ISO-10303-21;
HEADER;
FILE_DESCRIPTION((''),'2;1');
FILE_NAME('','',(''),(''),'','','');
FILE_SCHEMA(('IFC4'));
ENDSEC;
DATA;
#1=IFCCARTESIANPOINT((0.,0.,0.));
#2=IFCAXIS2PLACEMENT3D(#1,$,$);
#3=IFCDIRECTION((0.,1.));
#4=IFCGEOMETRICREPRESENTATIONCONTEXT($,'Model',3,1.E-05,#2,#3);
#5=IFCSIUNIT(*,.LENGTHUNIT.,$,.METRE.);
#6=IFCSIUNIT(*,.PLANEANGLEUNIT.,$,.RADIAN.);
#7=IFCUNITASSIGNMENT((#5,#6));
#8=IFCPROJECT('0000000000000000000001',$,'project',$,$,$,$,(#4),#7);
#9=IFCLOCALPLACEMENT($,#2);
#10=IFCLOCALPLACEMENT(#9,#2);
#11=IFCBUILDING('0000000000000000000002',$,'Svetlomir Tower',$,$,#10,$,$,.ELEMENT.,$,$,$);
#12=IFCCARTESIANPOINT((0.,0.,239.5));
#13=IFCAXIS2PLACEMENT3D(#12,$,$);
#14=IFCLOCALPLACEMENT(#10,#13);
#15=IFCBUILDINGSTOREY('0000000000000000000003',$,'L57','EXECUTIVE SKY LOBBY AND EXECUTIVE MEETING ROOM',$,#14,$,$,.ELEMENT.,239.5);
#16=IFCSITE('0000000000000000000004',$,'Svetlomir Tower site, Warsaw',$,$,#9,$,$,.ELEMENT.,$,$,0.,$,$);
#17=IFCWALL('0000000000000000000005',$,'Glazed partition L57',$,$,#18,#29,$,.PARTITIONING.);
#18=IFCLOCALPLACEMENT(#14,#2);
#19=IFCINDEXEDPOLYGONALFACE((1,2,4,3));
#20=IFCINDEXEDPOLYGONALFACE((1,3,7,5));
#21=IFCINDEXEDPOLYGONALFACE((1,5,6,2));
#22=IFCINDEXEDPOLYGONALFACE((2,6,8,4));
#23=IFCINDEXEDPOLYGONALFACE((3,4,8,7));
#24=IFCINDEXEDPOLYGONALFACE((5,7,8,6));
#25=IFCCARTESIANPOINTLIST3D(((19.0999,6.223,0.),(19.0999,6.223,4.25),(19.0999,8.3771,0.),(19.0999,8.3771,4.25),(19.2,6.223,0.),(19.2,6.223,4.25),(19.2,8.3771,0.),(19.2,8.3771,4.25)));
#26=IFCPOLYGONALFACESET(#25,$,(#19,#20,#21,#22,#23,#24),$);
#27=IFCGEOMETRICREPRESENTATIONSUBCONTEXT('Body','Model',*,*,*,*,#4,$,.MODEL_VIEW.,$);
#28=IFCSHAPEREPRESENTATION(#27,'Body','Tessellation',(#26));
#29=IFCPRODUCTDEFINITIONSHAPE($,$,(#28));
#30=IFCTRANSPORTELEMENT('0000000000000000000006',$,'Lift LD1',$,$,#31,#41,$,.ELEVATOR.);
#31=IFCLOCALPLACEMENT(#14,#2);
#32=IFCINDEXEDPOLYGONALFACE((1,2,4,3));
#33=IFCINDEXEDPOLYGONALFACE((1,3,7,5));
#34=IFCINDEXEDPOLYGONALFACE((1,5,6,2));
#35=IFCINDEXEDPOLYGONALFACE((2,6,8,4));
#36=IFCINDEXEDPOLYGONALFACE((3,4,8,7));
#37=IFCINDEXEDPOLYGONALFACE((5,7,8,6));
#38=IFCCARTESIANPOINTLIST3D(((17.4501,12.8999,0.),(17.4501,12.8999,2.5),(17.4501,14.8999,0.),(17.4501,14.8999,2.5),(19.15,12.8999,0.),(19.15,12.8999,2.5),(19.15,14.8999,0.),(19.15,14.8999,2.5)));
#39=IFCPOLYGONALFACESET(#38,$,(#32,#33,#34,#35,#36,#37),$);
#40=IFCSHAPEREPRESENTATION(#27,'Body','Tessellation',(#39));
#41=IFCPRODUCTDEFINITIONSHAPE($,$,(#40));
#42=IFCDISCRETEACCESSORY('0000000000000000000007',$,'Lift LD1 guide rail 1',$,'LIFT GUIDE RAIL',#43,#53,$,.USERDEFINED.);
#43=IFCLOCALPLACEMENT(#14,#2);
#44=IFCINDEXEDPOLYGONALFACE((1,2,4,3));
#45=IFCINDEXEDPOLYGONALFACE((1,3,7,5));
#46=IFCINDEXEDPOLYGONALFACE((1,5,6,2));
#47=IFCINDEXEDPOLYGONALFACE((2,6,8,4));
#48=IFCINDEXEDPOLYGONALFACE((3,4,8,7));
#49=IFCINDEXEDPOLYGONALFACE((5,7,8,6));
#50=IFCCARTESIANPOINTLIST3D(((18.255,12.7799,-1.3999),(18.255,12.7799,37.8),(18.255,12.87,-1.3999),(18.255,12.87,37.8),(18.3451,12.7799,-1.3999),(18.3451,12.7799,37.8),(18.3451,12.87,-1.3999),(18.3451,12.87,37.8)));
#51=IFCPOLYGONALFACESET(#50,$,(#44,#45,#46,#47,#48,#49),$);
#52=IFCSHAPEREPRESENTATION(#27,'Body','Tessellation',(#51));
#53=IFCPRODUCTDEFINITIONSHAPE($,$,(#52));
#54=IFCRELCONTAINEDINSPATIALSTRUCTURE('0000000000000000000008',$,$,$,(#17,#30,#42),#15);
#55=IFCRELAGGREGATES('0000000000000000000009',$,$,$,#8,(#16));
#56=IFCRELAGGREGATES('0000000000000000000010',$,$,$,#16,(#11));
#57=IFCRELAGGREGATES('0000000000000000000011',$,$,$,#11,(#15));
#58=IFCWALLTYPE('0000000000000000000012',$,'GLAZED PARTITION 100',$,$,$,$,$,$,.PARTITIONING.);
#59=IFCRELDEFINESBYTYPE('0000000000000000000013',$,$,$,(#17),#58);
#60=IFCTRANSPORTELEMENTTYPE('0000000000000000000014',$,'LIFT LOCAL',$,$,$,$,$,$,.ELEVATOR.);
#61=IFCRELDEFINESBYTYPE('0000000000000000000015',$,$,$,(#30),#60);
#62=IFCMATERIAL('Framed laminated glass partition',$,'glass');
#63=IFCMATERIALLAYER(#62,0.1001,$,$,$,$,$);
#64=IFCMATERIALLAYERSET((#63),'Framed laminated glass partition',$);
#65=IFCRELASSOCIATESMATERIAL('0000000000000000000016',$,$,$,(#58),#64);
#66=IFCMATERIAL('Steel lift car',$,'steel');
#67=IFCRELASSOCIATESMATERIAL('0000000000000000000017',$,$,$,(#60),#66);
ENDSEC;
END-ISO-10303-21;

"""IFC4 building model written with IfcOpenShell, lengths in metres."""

from ifc_helpers import new_model, si_unit, direction, frame, frame_2d, origin, origin_2d, place, context, subcontext, project, spatial, rectangle, extrude, material, layer, layer_set, type_object, element, save


model = new_model("IFC4")

# Units and contexts
model_context = context("Model", 3, precision=1e-05, world=origin(), true_north=direction((0.0, 1.0)))
body_context = subcontext(model_context, "Body", "Model", "MODEL_VIEW")
ifc_project = project(units=[si_unit("LENGTHUNIT", "METRE"), si_unit("PLANEANGLEUNIT", "RADIAN")], contexts=[model_context])

# Site, building, storey
site_placement = place(None, origin())
site = spatial("IfcSite", under=ifc_project, at=site_placement, Name="Svetlomir Tower site, Warsaw", CompositionType="ELEMENT", RefElevation=0.0)
building_placement = place(site_placement, origin())
building = spatial("IfcBuilding", under=site, at=building_placement, Name="Svetlomir Tower", CompositionType="ELEMENT")
storey_placement = place(building_placement, frame((0.0, 0.0, 239.5)))
storey = spatial("IfcBuildingStorey", under=building, at=storey_placement, Name="L57", Description="EXECUTIVE SKY LOBBY AND EXECUTIVE MEETING ROOM", CompositionType="ELEMENT", Elevation=239.5)

# Wall
ifc_material_1 = material(Name="Framed laminated glass partition", Category="glass")
ifc_layer_1 = layer(ifc_material_1, 0.1001)
ifc_layer_set_1 = layer_set([ifc_layer_1], Name="Framed laminated glass partition")
wall_type_1 = type_object("IfcWallType", Name="GLAZED PARTITION 100", PredefinedType="PARTITIONING", material=ifc_layer_set_1)
wall_1_placement = place(storey_placement, frame((19.1499, 6.2229, 0.0), z_axis=(0.0, 0.0, 1.0), x_axis=(0.0, 1.0, 0.0)))
element("IfcWall", 1, at=wall_1_placement, inside=storey, type_object=wall_type_1, Name="Glazed partition L57", PredefinedType="PARTITIONING", context=body_context, shape_type="SweptSolid", body=[
    extrude(rectangle(XDim=2.1541, YDim=0.1001, at=frame_2d((1.0771, 0.0))), origin(), (0.0, 0.0, 1.0), 4.25),
])

# Transport element
ifc_material_2 = material(Name="Steel lift car", Category="steel")
transport_element_type = type_object("IfcTransportElementType", Name="LIFT LOCAL", PredefinedType="ELEVATOR", material=ifc_material_2)
transport_element_placement = place(storey_placement, frame((18.3, 13.8999, 0.0), z_axis=(0.0, 0.0, 1.0), x_axis=(1.0, 0.0, 0.0)))
element("IfcTransportElement", 2, at=transport_element_placement, inside=storey, type_object=transport_element_type, Name="Lift LD1", PredefinedType="ELEVATOR", context=body_context, shape_type="SweptSolid", body=[
    extrude(rectangle(XDim=1.7, YDim=2.0, at=origin_2d()), origin(), (0.0, 0.0, 1.0), 2.5),
])

# Discrete accessory
discrete_accessory_placement = place(storey_placement, frame((18.3, 12.825, -1.3999), z_axis=(0.0, 0.0, 1.0), x_axis=(1.0, 0.0, 0.0)))
element("IfcDiscreteAccessory", 3, at=discrete_accessory_placement, inside=storey, Name="Lift LD1 guide rail 1", ObjectType="LIFT GUIDE RAIL", PredefinedType="USERDEFINED", context=body_context, shape_type="SweptSolid", body=[
    extrude(rectangle(XDim=0.0901, YDim=0.0901, at=origin_2d()), origin(), (0.0, 0.0, 1.0), 39.2),
])

save(model, "model.ifc")
